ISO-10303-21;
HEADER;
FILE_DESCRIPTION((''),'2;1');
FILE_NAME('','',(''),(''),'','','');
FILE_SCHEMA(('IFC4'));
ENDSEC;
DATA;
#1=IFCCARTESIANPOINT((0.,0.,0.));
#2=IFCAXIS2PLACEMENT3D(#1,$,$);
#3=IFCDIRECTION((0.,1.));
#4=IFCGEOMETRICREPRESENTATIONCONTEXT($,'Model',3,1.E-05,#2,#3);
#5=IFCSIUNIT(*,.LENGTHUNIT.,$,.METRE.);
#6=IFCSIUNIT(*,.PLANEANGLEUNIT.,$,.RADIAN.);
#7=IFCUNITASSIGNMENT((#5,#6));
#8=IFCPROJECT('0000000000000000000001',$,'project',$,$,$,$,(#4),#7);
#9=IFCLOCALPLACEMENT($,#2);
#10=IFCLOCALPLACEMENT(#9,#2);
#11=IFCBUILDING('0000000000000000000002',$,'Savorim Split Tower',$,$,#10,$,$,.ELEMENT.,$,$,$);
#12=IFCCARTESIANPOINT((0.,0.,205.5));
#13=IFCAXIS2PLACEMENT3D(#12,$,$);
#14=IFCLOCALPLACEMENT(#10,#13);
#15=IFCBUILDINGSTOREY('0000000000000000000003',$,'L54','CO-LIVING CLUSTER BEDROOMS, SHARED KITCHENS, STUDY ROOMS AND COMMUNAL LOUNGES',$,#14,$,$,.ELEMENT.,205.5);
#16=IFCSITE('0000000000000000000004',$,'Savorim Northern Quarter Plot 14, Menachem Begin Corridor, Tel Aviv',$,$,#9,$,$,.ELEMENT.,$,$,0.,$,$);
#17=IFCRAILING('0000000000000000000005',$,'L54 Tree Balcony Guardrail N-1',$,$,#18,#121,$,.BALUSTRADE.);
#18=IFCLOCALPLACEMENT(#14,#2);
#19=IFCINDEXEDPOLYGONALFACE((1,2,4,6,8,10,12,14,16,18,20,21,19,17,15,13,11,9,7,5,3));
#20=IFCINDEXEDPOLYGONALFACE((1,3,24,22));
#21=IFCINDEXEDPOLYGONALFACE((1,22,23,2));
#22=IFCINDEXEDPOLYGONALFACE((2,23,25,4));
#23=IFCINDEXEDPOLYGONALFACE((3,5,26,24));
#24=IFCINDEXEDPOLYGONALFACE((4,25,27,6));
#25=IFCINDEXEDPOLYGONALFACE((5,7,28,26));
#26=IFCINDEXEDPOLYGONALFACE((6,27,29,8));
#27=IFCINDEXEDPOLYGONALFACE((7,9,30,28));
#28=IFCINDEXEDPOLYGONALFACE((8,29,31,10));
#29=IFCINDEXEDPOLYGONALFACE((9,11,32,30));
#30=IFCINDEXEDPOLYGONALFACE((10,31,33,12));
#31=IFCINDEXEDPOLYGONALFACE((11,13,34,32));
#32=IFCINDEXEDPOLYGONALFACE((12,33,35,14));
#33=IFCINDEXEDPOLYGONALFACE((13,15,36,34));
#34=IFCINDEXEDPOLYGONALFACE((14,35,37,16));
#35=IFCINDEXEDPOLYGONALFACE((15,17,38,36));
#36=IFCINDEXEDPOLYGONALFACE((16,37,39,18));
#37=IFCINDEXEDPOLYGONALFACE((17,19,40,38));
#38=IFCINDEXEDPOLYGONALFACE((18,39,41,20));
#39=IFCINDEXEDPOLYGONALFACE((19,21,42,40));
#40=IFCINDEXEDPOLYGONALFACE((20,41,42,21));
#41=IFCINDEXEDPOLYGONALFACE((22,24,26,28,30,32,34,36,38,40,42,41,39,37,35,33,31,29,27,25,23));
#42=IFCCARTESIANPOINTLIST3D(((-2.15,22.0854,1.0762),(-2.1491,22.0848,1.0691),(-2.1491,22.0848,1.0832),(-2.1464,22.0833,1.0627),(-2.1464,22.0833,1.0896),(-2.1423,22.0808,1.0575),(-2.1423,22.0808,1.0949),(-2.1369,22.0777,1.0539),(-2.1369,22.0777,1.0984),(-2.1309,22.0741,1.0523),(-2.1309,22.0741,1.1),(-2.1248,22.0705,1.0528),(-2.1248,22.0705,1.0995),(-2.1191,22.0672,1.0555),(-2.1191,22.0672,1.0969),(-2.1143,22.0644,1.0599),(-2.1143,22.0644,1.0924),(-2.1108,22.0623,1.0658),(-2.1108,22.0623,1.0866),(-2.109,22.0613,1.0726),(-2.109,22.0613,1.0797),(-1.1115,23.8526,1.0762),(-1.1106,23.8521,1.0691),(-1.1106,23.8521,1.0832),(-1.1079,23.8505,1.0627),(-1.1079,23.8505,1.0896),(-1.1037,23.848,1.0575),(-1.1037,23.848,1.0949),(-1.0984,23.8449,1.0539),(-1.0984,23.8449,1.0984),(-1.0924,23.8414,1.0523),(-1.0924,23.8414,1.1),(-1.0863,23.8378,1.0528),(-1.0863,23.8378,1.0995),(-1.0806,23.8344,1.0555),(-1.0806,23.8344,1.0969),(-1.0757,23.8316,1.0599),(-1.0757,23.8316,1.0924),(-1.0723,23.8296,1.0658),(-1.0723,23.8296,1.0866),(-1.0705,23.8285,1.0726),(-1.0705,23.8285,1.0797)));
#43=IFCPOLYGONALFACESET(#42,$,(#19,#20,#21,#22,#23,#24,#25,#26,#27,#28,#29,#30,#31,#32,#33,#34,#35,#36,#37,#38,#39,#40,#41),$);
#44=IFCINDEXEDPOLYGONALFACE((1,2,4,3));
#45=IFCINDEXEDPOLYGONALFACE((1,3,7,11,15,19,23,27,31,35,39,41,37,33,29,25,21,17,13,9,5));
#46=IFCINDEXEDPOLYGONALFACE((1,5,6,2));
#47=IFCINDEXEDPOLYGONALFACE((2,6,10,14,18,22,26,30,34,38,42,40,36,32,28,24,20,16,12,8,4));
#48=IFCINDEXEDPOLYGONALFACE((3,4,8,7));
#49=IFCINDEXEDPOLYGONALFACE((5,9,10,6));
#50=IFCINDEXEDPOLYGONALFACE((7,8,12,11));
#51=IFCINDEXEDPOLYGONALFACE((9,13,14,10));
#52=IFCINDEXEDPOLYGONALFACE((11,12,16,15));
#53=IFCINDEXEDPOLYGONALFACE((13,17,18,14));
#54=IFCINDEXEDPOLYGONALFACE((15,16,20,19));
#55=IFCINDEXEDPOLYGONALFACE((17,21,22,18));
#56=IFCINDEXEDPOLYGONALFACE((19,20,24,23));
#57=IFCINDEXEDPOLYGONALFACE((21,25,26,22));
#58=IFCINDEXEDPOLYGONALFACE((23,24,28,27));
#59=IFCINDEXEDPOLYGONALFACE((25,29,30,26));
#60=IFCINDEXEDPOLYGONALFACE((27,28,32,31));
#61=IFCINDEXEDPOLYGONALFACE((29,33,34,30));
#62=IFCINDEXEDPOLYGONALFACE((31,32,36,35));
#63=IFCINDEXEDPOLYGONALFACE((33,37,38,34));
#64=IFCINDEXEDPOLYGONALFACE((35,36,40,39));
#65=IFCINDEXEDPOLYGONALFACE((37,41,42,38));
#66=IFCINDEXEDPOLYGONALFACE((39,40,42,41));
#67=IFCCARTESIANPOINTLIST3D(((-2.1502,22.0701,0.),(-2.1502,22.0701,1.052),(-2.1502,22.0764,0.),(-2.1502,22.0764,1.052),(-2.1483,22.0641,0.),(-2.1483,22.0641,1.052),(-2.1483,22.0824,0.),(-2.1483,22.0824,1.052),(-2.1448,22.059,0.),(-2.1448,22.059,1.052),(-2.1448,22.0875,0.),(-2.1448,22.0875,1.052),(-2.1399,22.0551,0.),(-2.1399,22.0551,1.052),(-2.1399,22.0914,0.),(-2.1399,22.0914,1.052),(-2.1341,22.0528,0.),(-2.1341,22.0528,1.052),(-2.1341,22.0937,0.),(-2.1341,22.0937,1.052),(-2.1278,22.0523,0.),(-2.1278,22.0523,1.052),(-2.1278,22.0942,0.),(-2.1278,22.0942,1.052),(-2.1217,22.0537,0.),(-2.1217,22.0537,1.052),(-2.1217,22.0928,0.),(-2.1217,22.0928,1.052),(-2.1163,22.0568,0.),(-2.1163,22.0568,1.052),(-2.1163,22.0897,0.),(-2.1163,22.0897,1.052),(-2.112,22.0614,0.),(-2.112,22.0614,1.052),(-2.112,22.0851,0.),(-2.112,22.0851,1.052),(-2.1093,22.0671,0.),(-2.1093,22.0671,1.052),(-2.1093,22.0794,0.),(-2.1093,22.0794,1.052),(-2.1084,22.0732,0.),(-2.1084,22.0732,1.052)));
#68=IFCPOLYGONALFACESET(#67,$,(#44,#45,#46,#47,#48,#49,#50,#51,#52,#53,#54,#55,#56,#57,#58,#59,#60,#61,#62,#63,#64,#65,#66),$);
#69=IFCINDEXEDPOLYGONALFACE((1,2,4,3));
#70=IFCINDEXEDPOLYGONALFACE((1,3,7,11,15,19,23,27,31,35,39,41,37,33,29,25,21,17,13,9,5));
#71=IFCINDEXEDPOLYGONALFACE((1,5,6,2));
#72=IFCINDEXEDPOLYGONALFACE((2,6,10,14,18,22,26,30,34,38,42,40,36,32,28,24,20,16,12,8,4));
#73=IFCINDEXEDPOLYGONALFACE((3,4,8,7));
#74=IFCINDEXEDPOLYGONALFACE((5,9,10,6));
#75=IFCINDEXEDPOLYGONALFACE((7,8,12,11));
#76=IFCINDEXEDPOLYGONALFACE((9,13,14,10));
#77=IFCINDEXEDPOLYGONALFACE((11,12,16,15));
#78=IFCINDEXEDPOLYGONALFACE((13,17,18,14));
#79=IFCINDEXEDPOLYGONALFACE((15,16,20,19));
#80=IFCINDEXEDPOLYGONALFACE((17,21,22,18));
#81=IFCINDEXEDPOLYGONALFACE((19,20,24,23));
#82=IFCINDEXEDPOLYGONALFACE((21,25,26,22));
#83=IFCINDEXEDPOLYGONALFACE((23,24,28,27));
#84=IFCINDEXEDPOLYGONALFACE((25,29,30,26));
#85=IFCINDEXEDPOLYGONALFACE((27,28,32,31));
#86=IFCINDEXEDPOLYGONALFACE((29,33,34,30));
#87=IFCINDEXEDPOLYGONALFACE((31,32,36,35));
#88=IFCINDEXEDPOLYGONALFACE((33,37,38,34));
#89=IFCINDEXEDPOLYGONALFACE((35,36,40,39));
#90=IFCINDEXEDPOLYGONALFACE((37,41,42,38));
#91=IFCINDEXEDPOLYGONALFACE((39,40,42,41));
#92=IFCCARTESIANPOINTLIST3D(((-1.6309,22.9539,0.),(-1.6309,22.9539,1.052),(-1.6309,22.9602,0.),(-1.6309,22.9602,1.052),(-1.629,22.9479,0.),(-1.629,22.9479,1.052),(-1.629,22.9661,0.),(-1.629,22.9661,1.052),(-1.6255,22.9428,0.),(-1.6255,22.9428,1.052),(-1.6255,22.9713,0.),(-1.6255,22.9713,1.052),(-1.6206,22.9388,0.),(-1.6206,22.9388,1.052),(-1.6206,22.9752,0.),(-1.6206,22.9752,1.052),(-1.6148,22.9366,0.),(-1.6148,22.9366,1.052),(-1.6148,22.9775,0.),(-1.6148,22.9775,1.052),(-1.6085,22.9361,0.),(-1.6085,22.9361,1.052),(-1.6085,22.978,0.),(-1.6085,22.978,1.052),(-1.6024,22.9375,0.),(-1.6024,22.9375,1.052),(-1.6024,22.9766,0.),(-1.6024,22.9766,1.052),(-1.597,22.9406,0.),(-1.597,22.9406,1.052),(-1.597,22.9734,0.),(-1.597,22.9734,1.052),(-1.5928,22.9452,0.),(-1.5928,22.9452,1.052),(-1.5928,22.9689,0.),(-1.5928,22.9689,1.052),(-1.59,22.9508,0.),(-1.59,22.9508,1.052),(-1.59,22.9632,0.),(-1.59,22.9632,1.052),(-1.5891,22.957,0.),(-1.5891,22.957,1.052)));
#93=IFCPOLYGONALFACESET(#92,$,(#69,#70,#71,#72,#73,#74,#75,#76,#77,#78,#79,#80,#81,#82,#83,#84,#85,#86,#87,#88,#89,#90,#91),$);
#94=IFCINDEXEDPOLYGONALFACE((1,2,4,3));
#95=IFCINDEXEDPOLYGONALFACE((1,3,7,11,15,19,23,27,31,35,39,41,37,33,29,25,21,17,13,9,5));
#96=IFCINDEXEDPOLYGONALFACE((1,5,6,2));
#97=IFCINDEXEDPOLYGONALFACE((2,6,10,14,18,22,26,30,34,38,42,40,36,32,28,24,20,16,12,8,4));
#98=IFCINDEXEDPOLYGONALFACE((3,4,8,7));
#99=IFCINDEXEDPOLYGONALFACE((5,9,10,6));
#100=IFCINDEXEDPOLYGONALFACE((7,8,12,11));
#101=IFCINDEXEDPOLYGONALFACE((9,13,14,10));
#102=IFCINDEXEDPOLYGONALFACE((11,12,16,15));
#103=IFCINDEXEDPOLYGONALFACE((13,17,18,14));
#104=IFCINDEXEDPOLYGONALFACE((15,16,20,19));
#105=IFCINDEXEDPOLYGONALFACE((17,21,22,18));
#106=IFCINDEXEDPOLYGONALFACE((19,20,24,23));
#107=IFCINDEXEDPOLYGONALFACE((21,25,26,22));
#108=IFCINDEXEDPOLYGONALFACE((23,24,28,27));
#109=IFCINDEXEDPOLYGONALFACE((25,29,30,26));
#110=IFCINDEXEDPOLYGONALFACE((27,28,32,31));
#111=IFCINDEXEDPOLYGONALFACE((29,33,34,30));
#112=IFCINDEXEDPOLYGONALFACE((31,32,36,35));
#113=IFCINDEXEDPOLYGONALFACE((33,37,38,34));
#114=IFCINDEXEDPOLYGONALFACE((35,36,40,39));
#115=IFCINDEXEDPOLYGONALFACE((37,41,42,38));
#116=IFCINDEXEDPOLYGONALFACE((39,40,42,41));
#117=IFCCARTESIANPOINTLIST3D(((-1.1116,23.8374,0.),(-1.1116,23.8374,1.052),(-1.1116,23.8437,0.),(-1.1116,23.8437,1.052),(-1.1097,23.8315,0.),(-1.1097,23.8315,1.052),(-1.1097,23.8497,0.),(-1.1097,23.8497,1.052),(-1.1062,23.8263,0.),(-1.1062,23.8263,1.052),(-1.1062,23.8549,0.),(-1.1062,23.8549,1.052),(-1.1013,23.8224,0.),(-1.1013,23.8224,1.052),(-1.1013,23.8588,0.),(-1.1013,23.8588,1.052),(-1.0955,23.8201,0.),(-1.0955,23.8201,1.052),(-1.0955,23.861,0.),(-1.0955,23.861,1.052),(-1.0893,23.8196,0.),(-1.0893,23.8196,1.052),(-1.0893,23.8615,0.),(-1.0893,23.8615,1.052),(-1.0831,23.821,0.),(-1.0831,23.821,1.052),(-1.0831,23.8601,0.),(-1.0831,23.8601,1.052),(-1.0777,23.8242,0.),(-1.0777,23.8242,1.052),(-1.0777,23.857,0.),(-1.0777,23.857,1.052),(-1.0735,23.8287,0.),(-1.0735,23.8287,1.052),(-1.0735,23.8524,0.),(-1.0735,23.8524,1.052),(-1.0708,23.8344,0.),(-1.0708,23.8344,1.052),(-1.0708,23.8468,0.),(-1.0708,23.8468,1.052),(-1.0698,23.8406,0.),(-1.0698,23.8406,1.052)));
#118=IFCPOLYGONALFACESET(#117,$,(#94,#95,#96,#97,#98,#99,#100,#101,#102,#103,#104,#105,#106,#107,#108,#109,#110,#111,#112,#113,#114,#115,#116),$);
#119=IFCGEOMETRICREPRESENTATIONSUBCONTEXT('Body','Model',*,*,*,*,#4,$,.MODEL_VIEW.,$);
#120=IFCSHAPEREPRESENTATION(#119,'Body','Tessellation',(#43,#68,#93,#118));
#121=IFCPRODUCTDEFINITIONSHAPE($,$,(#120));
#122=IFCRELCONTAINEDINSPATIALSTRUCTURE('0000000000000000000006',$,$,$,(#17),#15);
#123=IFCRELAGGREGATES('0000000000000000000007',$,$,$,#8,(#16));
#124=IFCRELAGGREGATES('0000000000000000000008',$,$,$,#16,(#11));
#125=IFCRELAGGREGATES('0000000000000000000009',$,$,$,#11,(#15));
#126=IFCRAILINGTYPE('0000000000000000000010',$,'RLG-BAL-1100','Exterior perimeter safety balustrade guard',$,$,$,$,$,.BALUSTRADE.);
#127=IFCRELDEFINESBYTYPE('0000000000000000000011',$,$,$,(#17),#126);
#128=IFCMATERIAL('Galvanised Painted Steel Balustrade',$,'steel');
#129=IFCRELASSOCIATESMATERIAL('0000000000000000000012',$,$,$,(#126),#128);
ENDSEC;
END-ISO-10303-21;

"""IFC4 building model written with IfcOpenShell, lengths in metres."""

from ifc_helpers import new_model, si_unit, direction, frame, origin, origin_2d, place, context, subcontext, project, spatial, circle, extrude, material, type_object, element, save


model = new_model("IFC4")

# Units and contexts
model_context = context("Model", 3, precision=1e-05, world=origin(), true_north=direction((0.0, 1.0)))
body_context = subcontext(model_context, "Body", "Model", "MODEL_VIEW")
ifc_project = project(units=[si_unit("LENGTHUNIT", "METRE"), si_unit("PLANEANGLEUNIT", "RADIAN")], contexts=[model_context])

# Site, building, storey
site_placement = place(None, origin())
site = spatial("IfcSite", under=ifc_project, at=site_placement, Name="Savorim Northern Quarter Plot 14, Menachem Begin Corridor, Tel Aviv", CompositionType="ELEMENT", RefElevation=0.0)
building_placement = place(site_placement, origin())
building = spatial("IfcBuilding", under=site, at=building_placement, Name="Savorim Split Tower", CompositionType="ELEMENT")
storey_placement = place(building_placement, frame((0.0, 0.0, 205.5)))
storey = spatial("IfcBuildingStorey", under=building, at=storey_placement, Name="L54", Description="CO-LIVING CLUSTER BEDROOMS, SHARED KITCHENS, STUDY ROOMS AND COMMUNAL LOUNGES", CompositionType="ELEMENT", Elevation=205.5)

# Railing
ifc_material_1 = material(Name="Galvanised Painted Steel Balustrade", Category="steel")
railing_type = type_object("IfcRailingType", Name="RLG-BAL-1100", Description="Exterior perimeter safety balustrade guard", PredefinedType="BALUSTRADE", material=ifc_material_1)
railing_1_placement = place(storey_placement, frame((-2.1294, 22.0732, 0.0)))
element("IfcRailing", 1, at=railing_1_placement, inside=storey, type_object=railing_type, Name="L54 Tree Balcony Guardrail N-1", PredefinedType="BALUSTRADE", context=body_context, shape_type="SweptSolid", body=[
    extrude(circle(Radius=0.0239, at=origin_2d()), frame((0.0, 0.0, 1.0762), z_axis=(0.506645, 0.862155, 0.0), x_axis=(-0.862155, 0.506645, 0.0)), (0.0, 0.0, 1.0), 2.0498),
    extrude(circle(Radius=0.021, at=origin_2d()), origin(), (0.0, 0.0, 1.0), 1.052),
    extrude(circle(Radius=0.021, at=origin_2d()), frame((0.5193, 0.8838, 0.0)), (0.0, 0.0, 1.0), 1.052),
    extrude(circle(Radius=0.021, at=origin_2d()), frame((1.0386, 1.7673, 0.0)), (0.0, 0.0, 1.0), 1.052),
])

save(model, "model.ifc")
